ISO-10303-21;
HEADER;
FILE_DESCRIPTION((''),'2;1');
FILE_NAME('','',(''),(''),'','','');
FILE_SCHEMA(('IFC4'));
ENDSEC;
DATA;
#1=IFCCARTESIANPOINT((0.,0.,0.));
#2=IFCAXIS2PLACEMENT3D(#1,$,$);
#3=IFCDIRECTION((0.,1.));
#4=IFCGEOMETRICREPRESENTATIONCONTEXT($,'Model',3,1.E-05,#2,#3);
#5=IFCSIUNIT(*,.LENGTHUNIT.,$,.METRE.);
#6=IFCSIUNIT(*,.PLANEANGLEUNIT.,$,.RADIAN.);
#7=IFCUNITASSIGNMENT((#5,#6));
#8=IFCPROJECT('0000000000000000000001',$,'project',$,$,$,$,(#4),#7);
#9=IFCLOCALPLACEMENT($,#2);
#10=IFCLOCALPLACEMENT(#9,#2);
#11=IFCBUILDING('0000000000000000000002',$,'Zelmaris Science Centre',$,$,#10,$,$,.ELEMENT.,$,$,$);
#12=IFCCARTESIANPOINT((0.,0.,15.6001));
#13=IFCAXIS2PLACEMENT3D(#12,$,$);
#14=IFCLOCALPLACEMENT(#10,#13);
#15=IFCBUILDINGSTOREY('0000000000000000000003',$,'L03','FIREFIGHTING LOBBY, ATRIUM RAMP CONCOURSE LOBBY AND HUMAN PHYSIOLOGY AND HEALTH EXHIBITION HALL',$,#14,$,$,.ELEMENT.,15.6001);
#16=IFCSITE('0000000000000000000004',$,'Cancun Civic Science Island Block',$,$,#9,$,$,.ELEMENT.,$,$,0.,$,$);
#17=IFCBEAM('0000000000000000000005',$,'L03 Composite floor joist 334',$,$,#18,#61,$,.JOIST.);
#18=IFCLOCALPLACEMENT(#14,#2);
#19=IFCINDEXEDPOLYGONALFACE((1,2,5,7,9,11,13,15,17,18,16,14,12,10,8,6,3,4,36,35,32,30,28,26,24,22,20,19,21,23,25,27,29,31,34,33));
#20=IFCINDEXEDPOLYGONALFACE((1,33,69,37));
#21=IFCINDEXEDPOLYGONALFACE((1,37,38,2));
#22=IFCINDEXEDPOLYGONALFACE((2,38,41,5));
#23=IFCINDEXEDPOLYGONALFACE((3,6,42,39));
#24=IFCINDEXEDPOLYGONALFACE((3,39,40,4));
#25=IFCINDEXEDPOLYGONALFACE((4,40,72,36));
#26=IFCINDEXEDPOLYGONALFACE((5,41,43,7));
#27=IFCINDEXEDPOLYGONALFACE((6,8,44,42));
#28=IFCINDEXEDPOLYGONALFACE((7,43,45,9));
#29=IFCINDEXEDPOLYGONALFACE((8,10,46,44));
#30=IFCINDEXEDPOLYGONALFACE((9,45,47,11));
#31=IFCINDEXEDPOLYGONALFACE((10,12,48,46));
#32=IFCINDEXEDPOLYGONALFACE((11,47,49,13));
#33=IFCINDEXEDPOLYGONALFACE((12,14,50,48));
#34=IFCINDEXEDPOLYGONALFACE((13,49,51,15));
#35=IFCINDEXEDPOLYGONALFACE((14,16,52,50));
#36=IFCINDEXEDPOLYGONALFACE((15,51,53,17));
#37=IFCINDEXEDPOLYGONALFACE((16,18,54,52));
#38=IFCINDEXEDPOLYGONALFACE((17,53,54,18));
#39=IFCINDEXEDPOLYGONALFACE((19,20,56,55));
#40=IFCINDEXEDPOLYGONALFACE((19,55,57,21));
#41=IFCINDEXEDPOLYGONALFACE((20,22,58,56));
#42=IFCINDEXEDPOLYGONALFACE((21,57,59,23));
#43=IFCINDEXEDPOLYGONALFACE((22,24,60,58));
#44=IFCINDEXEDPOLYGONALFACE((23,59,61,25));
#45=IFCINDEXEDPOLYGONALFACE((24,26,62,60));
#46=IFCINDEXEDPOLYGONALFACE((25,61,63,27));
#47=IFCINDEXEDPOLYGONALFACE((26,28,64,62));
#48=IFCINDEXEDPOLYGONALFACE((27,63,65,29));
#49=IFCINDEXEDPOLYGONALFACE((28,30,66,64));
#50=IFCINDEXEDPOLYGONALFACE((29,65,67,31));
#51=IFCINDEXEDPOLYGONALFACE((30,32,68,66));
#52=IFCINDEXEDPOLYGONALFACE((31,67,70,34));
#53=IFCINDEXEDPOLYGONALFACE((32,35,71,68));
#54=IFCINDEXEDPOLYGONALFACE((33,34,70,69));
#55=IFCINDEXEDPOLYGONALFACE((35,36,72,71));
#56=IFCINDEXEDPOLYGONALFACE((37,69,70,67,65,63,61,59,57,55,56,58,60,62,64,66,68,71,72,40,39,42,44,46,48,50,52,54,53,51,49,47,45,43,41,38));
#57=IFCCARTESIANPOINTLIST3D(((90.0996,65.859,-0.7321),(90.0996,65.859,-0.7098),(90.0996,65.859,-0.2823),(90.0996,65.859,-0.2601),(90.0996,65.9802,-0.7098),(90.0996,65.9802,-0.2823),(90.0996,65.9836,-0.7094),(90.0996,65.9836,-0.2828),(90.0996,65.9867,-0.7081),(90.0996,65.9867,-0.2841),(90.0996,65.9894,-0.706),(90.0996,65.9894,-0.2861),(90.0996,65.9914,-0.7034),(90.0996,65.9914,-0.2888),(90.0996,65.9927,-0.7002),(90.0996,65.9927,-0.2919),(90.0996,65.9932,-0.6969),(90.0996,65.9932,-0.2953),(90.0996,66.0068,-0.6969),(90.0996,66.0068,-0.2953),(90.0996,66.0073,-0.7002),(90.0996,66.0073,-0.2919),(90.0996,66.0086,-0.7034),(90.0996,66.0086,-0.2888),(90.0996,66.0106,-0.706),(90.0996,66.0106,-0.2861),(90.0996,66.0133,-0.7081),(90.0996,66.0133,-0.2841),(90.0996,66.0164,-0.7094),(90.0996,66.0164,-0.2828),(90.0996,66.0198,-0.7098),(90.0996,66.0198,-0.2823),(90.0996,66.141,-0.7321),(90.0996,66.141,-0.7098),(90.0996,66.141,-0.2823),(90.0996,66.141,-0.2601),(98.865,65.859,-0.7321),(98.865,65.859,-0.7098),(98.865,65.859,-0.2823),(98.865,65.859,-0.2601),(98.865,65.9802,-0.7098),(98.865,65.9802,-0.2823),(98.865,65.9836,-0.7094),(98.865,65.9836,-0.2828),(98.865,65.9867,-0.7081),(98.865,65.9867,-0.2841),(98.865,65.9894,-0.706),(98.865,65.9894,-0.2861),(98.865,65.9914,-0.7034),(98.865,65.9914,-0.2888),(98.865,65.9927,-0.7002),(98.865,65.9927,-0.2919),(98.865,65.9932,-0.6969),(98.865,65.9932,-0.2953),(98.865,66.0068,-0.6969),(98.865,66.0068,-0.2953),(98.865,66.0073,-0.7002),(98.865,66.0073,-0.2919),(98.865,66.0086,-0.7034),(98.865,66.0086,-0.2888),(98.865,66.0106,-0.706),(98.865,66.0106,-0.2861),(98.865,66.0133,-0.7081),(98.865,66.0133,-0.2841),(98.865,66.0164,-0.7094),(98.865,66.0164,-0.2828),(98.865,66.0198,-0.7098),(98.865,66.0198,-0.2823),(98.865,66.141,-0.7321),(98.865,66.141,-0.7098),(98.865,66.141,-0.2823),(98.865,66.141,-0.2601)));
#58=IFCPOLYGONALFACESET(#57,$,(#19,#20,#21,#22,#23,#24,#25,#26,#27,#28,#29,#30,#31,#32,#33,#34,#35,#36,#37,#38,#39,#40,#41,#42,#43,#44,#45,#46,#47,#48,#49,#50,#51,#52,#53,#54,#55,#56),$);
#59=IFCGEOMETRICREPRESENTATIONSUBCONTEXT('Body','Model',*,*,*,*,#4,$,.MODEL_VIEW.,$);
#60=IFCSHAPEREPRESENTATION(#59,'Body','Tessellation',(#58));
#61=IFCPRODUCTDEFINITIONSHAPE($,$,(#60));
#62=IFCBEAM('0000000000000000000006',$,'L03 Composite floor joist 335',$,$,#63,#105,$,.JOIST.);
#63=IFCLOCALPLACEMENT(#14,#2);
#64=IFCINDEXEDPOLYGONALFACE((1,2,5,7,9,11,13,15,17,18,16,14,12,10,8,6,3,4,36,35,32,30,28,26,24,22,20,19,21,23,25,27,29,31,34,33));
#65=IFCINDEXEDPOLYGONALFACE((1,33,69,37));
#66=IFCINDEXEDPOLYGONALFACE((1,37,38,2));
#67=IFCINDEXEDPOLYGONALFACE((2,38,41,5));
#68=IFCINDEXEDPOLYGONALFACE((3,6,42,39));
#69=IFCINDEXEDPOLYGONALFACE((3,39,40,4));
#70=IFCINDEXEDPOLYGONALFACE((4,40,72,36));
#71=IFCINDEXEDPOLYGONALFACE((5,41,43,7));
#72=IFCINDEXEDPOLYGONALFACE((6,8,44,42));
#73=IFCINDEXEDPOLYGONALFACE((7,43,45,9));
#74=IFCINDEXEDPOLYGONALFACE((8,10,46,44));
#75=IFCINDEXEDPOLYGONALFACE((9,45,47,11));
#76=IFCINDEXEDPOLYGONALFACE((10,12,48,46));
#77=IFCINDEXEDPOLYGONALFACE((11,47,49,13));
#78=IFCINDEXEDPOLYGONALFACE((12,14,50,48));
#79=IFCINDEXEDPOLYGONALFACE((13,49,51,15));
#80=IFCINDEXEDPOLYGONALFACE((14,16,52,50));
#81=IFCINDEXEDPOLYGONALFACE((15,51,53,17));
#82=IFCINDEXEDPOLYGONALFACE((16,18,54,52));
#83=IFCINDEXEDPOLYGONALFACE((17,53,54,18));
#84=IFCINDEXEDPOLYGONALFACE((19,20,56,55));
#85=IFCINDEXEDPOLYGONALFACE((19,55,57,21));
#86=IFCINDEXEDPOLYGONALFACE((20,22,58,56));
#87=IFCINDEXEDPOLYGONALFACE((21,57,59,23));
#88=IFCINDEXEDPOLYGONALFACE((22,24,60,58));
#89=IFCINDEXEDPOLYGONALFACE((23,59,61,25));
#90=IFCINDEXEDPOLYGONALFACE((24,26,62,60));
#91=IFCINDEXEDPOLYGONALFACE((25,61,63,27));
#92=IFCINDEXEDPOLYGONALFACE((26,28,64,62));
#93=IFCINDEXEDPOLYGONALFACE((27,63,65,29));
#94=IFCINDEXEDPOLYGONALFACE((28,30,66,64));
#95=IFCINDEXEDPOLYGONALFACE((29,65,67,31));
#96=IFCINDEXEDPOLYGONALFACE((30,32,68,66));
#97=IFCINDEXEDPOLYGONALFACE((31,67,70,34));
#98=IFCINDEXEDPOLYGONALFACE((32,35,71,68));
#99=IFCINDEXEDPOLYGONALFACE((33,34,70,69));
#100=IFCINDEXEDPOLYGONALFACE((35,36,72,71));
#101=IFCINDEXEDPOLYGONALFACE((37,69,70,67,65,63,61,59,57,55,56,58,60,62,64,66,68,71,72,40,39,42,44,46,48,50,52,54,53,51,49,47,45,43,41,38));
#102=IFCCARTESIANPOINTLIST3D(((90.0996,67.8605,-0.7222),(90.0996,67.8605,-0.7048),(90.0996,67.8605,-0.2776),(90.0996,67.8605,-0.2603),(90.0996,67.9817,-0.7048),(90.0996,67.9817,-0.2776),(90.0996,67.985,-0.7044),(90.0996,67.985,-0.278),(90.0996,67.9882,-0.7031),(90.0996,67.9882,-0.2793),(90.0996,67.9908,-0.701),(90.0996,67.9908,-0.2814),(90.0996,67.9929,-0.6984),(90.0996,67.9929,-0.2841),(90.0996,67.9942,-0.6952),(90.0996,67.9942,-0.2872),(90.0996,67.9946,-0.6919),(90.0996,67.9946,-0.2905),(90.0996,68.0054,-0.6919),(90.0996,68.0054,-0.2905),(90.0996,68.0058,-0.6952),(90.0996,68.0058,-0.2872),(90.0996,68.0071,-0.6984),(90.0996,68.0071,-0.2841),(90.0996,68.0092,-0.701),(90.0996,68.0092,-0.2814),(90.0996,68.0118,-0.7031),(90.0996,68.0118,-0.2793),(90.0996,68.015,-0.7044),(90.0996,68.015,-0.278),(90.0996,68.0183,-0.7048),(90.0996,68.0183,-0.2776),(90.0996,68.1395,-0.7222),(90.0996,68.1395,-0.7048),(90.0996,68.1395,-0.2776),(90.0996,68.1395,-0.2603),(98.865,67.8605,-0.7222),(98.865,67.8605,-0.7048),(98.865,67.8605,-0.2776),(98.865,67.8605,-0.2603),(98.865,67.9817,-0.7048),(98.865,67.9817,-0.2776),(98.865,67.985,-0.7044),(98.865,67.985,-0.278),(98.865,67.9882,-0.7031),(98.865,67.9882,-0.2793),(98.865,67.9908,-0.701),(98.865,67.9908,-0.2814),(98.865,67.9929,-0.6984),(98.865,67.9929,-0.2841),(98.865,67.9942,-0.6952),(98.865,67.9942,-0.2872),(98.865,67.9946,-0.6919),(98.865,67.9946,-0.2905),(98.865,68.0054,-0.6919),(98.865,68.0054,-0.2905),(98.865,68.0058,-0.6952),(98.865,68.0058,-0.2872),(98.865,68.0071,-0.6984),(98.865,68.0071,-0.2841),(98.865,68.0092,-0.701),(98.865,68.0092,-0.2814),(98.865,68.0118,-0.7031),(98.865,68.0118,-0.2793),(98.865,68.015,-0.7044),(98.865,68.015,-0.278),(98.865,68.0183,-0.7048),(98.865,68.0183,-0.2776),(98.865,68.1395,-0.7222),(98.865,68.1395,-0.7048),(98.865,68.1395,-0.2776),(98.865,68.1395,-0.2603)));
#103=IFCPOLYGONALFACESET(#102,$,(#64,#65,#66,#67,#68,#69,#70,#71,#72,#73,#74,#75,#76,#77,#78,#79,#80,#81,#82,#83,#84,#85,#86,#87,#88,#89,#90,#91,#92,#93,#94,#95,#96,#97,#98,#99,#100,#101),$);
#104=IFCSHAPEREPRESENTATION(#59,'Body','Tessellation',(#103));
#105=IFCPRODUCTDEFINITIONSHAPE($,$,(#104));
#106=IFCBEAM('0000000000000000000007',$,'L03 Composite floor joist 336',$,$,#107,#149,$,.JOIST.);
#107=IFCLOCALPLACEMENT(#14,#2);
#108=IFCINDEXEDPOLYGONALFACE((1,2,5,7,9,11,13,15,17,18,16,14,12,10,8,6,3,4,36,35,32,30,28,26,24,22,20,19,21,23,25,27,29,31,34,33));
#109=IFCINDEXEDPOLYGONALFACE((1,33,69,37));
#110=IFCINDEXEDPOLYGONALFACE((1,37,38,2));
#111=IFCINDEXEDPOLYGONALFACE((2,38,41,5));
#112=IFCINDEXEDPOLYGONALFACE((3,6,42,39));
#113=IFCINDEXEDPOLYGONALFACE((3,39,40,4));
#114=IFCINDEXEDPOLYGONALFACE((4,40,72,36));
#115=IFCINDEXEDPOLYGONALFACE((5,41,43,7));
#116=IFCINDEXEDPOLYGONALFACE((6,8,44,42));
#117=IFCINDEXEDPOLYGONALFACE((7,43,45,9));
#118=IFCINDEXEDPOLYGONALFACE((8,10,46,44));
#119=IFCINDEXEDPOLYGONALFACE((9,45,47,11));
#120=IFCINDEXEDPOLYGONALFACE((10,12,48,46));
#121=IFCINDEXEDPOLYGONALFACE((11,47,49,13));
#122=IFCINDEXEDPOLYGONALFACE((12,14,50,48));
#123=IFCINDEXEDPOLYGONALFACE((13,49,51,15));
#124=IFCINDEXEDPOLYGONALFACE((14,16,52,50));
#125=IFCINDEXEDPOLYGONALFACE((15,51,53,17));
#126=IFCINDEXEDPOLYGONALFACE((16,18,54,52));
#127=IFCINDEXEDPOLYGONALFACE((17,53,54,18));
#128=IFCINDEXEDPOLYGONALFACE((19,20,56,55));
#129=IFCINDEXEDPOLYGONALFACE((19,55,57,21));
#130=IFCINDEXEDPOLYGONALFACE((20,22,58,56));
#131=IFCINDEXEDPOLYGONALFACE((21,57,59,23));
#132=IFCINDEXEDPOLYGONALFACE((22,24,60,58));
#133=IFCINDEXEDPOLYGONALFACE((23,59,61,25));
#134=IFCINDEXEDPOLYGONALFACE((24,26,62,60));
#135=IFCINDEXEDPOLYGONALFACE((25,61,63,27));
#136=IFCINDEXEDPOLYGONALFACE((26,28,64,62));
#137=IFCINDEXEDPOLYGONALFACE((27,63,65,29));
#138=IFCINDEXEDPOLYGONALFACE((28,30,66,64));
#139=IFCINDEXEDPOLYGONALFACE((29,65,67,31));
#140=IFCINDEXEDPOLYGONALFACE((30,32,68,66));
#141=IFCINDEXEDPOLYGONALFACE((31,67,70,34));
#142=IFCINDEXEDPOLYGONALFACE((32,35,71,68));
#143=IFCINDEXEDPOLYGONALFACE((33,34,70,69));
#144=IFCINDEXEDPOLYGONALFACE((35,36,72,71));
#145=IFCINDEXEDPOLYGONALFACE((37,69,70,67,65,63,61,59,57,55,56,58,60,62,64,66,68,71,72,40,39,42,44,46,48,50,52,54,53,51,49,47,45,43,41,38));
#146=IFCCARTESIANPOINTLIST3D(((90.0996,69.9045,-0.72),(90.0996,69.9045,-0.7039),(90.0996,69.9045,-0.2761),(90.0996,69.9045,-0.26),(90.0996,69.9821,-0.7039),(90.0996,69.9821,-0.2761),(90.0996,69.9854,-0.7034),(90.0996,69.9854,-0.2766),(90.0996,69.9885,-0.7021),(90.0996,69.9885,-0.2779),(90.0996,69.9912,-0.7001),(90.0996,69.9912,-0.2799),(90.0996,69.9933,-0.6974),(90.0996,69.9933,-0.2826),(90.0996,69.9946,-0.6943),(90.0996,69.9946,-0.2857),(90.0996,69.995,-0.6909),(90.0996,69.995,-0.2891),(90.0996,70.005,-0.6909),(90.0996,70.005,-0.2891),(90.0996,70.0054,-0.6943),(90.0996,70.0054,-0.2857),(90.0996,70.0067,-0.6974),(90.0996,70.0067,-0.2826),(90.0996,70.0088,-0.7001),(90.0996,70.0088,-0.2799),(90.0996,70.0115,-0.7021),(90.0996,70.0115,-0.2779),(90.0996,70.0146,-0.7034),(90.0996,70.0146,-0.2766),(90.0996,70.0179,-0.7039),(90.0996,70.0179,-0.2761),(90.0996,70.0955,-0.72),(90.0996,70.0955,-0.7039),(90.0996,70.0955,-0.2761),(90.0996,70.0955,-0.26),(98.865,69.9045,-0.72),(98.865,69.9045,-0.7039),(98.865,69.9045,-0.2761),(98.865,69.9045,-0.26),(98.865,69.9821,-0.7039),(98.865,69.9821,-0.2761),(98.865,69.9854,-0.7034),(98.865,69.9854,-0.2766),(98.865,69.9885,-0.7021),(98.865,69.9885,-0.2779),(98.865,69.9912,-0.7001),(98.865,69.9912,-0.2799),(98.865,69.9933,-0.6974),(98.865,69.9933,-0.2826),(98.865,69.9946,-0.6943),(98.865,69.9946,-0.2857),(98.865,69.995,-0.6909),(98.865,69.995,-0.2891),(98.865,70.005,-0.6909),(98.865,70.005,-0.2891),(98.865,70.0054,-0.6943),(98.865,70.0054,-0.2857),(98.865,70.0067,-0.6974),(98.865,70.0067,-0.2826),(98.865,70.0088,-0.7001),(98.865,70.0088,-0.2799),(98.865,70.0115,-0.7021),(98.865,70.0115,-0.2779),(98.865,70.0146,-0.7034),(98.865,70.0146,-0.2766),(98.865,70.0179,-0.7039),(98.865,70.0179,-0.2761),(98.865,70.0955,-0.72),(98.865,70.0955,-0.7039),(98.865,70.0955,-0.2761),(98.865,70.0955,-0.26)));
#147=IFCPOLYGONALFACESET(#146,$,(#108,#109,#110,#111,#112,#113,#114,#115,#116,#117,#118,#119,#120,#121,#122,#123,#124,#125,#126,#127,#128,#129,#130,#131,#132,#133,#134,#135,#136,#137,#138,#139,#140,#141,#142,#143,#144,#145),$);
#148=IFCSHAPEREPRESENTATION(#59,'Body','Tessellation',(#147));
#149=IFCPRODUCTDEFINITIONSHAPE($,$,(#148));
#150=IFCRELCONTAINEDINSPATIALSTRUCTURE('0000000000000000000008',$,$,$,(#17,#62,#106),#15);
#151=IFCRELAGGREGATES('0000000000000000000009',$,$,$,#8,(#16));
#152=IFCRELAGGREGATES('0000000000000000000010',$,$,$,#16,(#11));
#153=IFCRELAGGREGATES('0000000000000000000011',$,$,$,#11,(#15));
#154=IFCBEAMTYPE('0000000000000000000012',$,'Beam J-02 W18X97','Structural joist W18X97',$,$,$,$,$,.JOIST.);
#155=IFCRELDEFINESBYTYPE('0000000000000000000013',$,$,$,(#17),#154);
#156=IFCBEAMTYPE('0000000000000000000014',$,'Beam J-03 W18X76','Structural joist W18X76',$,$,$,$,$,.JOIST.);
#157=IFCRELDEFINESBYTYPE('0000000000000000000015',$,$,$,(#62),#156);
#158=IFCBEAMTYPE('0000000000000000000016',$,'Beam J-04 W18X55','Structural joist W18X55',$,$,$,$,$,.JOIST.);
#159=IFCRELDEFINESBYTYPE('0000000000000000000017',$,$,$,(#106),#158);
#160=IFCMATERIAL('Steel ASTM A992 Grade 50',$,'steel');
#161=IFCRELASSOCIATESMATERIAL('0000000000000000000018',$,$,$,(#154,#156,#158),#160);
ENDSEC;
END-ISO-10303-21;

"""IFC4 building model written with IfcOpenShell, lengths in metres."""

from ifc_helpers import new_model, si_unit, direction, frame, origin, origin_2d, place, context, subcontext, project, spatial, i_section, extrude, material, material_profile, profile_set, type_object, element, save


model = new_model("IFC4")

# Units and contexts
model_context = context("Model", 3, precision=1e-05, world=origin(), true_north=direction((0.0, 1.0)))
body_context = subcontext(model_context, "Body", "Model", "MODEL_VIEW")
ifc_project = project(units=[si_unit("LENGTHUNIT", "METRE"), si_unit("PLANEANGLEUNIT", "RADIAN")], contexts=[model_context])

# Site, building, storey
site_placement = place(None, origin())
site = spatial("IfcSite", under=ifc_project, at=site_placement, Name="Cancun Civic Science Island Block", CompositionType="ELEMENT", RefElevation=0.0)
building_placement = place(site_placement, origin())
building = spatial("IfcBuilding", under=site, at=building_placement, Name="Zelmaris Science Centre", CompositionType="ELEMENT")
storey_placement = place(building_placement, frame((0.0, 0.0, 15.6001)))
storey = spatial("IfcBuildingStorey", under=building, at=storey_placement, Name="L03", Description="FIREFIGHTING LOBBY, ATRIUM RAMP CONCOURSE LOBBY AND HUMAN PHYSIOLOGY AND HEALTH EXHIBITION HALL", CompositionType="ELEMENT", Elevation=15.6001)

# Shared definitions
ifc_material_1 = material(Name="Steel ASTM A992 Grade 50", Category="steel")

# Beams
ifc_material_profile_1 = material_profile(ifc_material_1, i_section(OverallWidth=0.282, OverallDepth=0.4719, WebThickness=0.0137, FlangeThickness=0.0222, FilletRadius=0.0129, at=origin_2d()), Name="W18X97")
ifc_profile_set_1 = profile_set([ifc_material_profile_1], Name="Steel ASTM A992 Grade 50")
beam_type_1 = type_object("IfcBeamType", Name="Beam J-02 W18X97", Description="Structural joist W18X97", PredefinedType="JOIST", material=ifc_profile_set_1)
beam_1_placement = place(storey_placement, frame((90.0996, 66.0, -0.4961), z_axis=(1.0, 0.0, 0.0), x_axis=(0.0, 1.0, 0.0)))
element("IfcBeam", 1, at=beam_1_placement, inside=storey, type_object=beam_type_1, Name="L03 Composite floor joist 334", PredefinedType="JOIST", context=body_context, shape_type="SweptSolid", body=[
    extrude(i_section(OverallWidth=0.282, OverallDepth=0.4719, WebThickness=0.0137, FlangeThickness=0.0222, FilletRadius=0.0129, at=origin_2d()), origin(), (0.0, 0.0, 1.0), 8.7654),
])
ifc_material_profile_2 = material_profile(ifc_material_1, i_section(OverallWidth=0.2791, OverallDepth=0.4619, WebThickness=0.0107, FlangeThickness=0.0173, FilletRadius=0.0129, at=origin_2d()), Name="W18X76")
ifc_profile_set_2 = profile_set([ifc_material_profile_2], Name="Steel ASTM A992 Grade 50")
beam_type_2 = type_object("IfcBeamType", Name="Beam J-03 W18X76", Description="Structural joist W18X76", PredefinedType="JOIST", material=ifc_profile_set_2)
beam_2_placement = place(storey_placement, frame((90.0996, 68.0, -0.4912), z_axis=(1.0, 0.0, 0.0), x_axis=(0.0, 1.0, 0.0)))
element("IfcBeam", 2, at=beam_2_placement, inside=storey, type_object=beam_type_2, Name="L03 Composite floor joist 335", PredefinedType="JOIST", context=body_context, shape_type="SweptSolid", body=[
    extrude(i_section(OverallWidth=0.2791, OverallDepth=0.4619, WebThickness=0.0107, FlangeThickness=0.0173, FilletRadius=0.0129, at=origin_2d()), origin(), (0.0, 0.0, 1.0), 8.7654),
])
ifc_material_profile_3 = material_profile(ifc_material_1, i_section(OverallWidth=0.1909, OverallDepth=0.46, WebThickness=0.01, FlangeThickness=0.0161, FilletRadius=0.0129, at=origin_2d()), Name="W18X55")
ifc_profile_set_3 = profile_set([ifc_material_profile_3], Name="Steel ASTM A992 Grade 50")
beam_type_3 = type_object("IfcBeamType", Name="Beam J-04 W18X55", Description="Structural joist W18X55", PredefinedType="JOIST", material=ifc_profile_set_3)
beam_3_placement = place(storey_placement, frame((90.0996, 70.0, -0.49), z_axis=(1.0, 0.0, 0.0), x_axis=(0.0, 1.0, 0.0)))
element("IfcBeam", 3, at=beam_3_placement, inside=storey, type_object=beam_type_3, Name="L03 Composite floor joist 336", PredefinedType="JOIST", context=body_context, shape_type="SweptSolid", body=[
    extrude(i_section(OverallWidth=0.1909, OverallDepth=0.46, WebThickness=0.01, FlangeThickness=0.0161, FilletRadius=0.0129, at=origin_2d()), origin(), (0.0, 0.0, 1.0), 8.7654),
])

save(model, "model.ifc")
